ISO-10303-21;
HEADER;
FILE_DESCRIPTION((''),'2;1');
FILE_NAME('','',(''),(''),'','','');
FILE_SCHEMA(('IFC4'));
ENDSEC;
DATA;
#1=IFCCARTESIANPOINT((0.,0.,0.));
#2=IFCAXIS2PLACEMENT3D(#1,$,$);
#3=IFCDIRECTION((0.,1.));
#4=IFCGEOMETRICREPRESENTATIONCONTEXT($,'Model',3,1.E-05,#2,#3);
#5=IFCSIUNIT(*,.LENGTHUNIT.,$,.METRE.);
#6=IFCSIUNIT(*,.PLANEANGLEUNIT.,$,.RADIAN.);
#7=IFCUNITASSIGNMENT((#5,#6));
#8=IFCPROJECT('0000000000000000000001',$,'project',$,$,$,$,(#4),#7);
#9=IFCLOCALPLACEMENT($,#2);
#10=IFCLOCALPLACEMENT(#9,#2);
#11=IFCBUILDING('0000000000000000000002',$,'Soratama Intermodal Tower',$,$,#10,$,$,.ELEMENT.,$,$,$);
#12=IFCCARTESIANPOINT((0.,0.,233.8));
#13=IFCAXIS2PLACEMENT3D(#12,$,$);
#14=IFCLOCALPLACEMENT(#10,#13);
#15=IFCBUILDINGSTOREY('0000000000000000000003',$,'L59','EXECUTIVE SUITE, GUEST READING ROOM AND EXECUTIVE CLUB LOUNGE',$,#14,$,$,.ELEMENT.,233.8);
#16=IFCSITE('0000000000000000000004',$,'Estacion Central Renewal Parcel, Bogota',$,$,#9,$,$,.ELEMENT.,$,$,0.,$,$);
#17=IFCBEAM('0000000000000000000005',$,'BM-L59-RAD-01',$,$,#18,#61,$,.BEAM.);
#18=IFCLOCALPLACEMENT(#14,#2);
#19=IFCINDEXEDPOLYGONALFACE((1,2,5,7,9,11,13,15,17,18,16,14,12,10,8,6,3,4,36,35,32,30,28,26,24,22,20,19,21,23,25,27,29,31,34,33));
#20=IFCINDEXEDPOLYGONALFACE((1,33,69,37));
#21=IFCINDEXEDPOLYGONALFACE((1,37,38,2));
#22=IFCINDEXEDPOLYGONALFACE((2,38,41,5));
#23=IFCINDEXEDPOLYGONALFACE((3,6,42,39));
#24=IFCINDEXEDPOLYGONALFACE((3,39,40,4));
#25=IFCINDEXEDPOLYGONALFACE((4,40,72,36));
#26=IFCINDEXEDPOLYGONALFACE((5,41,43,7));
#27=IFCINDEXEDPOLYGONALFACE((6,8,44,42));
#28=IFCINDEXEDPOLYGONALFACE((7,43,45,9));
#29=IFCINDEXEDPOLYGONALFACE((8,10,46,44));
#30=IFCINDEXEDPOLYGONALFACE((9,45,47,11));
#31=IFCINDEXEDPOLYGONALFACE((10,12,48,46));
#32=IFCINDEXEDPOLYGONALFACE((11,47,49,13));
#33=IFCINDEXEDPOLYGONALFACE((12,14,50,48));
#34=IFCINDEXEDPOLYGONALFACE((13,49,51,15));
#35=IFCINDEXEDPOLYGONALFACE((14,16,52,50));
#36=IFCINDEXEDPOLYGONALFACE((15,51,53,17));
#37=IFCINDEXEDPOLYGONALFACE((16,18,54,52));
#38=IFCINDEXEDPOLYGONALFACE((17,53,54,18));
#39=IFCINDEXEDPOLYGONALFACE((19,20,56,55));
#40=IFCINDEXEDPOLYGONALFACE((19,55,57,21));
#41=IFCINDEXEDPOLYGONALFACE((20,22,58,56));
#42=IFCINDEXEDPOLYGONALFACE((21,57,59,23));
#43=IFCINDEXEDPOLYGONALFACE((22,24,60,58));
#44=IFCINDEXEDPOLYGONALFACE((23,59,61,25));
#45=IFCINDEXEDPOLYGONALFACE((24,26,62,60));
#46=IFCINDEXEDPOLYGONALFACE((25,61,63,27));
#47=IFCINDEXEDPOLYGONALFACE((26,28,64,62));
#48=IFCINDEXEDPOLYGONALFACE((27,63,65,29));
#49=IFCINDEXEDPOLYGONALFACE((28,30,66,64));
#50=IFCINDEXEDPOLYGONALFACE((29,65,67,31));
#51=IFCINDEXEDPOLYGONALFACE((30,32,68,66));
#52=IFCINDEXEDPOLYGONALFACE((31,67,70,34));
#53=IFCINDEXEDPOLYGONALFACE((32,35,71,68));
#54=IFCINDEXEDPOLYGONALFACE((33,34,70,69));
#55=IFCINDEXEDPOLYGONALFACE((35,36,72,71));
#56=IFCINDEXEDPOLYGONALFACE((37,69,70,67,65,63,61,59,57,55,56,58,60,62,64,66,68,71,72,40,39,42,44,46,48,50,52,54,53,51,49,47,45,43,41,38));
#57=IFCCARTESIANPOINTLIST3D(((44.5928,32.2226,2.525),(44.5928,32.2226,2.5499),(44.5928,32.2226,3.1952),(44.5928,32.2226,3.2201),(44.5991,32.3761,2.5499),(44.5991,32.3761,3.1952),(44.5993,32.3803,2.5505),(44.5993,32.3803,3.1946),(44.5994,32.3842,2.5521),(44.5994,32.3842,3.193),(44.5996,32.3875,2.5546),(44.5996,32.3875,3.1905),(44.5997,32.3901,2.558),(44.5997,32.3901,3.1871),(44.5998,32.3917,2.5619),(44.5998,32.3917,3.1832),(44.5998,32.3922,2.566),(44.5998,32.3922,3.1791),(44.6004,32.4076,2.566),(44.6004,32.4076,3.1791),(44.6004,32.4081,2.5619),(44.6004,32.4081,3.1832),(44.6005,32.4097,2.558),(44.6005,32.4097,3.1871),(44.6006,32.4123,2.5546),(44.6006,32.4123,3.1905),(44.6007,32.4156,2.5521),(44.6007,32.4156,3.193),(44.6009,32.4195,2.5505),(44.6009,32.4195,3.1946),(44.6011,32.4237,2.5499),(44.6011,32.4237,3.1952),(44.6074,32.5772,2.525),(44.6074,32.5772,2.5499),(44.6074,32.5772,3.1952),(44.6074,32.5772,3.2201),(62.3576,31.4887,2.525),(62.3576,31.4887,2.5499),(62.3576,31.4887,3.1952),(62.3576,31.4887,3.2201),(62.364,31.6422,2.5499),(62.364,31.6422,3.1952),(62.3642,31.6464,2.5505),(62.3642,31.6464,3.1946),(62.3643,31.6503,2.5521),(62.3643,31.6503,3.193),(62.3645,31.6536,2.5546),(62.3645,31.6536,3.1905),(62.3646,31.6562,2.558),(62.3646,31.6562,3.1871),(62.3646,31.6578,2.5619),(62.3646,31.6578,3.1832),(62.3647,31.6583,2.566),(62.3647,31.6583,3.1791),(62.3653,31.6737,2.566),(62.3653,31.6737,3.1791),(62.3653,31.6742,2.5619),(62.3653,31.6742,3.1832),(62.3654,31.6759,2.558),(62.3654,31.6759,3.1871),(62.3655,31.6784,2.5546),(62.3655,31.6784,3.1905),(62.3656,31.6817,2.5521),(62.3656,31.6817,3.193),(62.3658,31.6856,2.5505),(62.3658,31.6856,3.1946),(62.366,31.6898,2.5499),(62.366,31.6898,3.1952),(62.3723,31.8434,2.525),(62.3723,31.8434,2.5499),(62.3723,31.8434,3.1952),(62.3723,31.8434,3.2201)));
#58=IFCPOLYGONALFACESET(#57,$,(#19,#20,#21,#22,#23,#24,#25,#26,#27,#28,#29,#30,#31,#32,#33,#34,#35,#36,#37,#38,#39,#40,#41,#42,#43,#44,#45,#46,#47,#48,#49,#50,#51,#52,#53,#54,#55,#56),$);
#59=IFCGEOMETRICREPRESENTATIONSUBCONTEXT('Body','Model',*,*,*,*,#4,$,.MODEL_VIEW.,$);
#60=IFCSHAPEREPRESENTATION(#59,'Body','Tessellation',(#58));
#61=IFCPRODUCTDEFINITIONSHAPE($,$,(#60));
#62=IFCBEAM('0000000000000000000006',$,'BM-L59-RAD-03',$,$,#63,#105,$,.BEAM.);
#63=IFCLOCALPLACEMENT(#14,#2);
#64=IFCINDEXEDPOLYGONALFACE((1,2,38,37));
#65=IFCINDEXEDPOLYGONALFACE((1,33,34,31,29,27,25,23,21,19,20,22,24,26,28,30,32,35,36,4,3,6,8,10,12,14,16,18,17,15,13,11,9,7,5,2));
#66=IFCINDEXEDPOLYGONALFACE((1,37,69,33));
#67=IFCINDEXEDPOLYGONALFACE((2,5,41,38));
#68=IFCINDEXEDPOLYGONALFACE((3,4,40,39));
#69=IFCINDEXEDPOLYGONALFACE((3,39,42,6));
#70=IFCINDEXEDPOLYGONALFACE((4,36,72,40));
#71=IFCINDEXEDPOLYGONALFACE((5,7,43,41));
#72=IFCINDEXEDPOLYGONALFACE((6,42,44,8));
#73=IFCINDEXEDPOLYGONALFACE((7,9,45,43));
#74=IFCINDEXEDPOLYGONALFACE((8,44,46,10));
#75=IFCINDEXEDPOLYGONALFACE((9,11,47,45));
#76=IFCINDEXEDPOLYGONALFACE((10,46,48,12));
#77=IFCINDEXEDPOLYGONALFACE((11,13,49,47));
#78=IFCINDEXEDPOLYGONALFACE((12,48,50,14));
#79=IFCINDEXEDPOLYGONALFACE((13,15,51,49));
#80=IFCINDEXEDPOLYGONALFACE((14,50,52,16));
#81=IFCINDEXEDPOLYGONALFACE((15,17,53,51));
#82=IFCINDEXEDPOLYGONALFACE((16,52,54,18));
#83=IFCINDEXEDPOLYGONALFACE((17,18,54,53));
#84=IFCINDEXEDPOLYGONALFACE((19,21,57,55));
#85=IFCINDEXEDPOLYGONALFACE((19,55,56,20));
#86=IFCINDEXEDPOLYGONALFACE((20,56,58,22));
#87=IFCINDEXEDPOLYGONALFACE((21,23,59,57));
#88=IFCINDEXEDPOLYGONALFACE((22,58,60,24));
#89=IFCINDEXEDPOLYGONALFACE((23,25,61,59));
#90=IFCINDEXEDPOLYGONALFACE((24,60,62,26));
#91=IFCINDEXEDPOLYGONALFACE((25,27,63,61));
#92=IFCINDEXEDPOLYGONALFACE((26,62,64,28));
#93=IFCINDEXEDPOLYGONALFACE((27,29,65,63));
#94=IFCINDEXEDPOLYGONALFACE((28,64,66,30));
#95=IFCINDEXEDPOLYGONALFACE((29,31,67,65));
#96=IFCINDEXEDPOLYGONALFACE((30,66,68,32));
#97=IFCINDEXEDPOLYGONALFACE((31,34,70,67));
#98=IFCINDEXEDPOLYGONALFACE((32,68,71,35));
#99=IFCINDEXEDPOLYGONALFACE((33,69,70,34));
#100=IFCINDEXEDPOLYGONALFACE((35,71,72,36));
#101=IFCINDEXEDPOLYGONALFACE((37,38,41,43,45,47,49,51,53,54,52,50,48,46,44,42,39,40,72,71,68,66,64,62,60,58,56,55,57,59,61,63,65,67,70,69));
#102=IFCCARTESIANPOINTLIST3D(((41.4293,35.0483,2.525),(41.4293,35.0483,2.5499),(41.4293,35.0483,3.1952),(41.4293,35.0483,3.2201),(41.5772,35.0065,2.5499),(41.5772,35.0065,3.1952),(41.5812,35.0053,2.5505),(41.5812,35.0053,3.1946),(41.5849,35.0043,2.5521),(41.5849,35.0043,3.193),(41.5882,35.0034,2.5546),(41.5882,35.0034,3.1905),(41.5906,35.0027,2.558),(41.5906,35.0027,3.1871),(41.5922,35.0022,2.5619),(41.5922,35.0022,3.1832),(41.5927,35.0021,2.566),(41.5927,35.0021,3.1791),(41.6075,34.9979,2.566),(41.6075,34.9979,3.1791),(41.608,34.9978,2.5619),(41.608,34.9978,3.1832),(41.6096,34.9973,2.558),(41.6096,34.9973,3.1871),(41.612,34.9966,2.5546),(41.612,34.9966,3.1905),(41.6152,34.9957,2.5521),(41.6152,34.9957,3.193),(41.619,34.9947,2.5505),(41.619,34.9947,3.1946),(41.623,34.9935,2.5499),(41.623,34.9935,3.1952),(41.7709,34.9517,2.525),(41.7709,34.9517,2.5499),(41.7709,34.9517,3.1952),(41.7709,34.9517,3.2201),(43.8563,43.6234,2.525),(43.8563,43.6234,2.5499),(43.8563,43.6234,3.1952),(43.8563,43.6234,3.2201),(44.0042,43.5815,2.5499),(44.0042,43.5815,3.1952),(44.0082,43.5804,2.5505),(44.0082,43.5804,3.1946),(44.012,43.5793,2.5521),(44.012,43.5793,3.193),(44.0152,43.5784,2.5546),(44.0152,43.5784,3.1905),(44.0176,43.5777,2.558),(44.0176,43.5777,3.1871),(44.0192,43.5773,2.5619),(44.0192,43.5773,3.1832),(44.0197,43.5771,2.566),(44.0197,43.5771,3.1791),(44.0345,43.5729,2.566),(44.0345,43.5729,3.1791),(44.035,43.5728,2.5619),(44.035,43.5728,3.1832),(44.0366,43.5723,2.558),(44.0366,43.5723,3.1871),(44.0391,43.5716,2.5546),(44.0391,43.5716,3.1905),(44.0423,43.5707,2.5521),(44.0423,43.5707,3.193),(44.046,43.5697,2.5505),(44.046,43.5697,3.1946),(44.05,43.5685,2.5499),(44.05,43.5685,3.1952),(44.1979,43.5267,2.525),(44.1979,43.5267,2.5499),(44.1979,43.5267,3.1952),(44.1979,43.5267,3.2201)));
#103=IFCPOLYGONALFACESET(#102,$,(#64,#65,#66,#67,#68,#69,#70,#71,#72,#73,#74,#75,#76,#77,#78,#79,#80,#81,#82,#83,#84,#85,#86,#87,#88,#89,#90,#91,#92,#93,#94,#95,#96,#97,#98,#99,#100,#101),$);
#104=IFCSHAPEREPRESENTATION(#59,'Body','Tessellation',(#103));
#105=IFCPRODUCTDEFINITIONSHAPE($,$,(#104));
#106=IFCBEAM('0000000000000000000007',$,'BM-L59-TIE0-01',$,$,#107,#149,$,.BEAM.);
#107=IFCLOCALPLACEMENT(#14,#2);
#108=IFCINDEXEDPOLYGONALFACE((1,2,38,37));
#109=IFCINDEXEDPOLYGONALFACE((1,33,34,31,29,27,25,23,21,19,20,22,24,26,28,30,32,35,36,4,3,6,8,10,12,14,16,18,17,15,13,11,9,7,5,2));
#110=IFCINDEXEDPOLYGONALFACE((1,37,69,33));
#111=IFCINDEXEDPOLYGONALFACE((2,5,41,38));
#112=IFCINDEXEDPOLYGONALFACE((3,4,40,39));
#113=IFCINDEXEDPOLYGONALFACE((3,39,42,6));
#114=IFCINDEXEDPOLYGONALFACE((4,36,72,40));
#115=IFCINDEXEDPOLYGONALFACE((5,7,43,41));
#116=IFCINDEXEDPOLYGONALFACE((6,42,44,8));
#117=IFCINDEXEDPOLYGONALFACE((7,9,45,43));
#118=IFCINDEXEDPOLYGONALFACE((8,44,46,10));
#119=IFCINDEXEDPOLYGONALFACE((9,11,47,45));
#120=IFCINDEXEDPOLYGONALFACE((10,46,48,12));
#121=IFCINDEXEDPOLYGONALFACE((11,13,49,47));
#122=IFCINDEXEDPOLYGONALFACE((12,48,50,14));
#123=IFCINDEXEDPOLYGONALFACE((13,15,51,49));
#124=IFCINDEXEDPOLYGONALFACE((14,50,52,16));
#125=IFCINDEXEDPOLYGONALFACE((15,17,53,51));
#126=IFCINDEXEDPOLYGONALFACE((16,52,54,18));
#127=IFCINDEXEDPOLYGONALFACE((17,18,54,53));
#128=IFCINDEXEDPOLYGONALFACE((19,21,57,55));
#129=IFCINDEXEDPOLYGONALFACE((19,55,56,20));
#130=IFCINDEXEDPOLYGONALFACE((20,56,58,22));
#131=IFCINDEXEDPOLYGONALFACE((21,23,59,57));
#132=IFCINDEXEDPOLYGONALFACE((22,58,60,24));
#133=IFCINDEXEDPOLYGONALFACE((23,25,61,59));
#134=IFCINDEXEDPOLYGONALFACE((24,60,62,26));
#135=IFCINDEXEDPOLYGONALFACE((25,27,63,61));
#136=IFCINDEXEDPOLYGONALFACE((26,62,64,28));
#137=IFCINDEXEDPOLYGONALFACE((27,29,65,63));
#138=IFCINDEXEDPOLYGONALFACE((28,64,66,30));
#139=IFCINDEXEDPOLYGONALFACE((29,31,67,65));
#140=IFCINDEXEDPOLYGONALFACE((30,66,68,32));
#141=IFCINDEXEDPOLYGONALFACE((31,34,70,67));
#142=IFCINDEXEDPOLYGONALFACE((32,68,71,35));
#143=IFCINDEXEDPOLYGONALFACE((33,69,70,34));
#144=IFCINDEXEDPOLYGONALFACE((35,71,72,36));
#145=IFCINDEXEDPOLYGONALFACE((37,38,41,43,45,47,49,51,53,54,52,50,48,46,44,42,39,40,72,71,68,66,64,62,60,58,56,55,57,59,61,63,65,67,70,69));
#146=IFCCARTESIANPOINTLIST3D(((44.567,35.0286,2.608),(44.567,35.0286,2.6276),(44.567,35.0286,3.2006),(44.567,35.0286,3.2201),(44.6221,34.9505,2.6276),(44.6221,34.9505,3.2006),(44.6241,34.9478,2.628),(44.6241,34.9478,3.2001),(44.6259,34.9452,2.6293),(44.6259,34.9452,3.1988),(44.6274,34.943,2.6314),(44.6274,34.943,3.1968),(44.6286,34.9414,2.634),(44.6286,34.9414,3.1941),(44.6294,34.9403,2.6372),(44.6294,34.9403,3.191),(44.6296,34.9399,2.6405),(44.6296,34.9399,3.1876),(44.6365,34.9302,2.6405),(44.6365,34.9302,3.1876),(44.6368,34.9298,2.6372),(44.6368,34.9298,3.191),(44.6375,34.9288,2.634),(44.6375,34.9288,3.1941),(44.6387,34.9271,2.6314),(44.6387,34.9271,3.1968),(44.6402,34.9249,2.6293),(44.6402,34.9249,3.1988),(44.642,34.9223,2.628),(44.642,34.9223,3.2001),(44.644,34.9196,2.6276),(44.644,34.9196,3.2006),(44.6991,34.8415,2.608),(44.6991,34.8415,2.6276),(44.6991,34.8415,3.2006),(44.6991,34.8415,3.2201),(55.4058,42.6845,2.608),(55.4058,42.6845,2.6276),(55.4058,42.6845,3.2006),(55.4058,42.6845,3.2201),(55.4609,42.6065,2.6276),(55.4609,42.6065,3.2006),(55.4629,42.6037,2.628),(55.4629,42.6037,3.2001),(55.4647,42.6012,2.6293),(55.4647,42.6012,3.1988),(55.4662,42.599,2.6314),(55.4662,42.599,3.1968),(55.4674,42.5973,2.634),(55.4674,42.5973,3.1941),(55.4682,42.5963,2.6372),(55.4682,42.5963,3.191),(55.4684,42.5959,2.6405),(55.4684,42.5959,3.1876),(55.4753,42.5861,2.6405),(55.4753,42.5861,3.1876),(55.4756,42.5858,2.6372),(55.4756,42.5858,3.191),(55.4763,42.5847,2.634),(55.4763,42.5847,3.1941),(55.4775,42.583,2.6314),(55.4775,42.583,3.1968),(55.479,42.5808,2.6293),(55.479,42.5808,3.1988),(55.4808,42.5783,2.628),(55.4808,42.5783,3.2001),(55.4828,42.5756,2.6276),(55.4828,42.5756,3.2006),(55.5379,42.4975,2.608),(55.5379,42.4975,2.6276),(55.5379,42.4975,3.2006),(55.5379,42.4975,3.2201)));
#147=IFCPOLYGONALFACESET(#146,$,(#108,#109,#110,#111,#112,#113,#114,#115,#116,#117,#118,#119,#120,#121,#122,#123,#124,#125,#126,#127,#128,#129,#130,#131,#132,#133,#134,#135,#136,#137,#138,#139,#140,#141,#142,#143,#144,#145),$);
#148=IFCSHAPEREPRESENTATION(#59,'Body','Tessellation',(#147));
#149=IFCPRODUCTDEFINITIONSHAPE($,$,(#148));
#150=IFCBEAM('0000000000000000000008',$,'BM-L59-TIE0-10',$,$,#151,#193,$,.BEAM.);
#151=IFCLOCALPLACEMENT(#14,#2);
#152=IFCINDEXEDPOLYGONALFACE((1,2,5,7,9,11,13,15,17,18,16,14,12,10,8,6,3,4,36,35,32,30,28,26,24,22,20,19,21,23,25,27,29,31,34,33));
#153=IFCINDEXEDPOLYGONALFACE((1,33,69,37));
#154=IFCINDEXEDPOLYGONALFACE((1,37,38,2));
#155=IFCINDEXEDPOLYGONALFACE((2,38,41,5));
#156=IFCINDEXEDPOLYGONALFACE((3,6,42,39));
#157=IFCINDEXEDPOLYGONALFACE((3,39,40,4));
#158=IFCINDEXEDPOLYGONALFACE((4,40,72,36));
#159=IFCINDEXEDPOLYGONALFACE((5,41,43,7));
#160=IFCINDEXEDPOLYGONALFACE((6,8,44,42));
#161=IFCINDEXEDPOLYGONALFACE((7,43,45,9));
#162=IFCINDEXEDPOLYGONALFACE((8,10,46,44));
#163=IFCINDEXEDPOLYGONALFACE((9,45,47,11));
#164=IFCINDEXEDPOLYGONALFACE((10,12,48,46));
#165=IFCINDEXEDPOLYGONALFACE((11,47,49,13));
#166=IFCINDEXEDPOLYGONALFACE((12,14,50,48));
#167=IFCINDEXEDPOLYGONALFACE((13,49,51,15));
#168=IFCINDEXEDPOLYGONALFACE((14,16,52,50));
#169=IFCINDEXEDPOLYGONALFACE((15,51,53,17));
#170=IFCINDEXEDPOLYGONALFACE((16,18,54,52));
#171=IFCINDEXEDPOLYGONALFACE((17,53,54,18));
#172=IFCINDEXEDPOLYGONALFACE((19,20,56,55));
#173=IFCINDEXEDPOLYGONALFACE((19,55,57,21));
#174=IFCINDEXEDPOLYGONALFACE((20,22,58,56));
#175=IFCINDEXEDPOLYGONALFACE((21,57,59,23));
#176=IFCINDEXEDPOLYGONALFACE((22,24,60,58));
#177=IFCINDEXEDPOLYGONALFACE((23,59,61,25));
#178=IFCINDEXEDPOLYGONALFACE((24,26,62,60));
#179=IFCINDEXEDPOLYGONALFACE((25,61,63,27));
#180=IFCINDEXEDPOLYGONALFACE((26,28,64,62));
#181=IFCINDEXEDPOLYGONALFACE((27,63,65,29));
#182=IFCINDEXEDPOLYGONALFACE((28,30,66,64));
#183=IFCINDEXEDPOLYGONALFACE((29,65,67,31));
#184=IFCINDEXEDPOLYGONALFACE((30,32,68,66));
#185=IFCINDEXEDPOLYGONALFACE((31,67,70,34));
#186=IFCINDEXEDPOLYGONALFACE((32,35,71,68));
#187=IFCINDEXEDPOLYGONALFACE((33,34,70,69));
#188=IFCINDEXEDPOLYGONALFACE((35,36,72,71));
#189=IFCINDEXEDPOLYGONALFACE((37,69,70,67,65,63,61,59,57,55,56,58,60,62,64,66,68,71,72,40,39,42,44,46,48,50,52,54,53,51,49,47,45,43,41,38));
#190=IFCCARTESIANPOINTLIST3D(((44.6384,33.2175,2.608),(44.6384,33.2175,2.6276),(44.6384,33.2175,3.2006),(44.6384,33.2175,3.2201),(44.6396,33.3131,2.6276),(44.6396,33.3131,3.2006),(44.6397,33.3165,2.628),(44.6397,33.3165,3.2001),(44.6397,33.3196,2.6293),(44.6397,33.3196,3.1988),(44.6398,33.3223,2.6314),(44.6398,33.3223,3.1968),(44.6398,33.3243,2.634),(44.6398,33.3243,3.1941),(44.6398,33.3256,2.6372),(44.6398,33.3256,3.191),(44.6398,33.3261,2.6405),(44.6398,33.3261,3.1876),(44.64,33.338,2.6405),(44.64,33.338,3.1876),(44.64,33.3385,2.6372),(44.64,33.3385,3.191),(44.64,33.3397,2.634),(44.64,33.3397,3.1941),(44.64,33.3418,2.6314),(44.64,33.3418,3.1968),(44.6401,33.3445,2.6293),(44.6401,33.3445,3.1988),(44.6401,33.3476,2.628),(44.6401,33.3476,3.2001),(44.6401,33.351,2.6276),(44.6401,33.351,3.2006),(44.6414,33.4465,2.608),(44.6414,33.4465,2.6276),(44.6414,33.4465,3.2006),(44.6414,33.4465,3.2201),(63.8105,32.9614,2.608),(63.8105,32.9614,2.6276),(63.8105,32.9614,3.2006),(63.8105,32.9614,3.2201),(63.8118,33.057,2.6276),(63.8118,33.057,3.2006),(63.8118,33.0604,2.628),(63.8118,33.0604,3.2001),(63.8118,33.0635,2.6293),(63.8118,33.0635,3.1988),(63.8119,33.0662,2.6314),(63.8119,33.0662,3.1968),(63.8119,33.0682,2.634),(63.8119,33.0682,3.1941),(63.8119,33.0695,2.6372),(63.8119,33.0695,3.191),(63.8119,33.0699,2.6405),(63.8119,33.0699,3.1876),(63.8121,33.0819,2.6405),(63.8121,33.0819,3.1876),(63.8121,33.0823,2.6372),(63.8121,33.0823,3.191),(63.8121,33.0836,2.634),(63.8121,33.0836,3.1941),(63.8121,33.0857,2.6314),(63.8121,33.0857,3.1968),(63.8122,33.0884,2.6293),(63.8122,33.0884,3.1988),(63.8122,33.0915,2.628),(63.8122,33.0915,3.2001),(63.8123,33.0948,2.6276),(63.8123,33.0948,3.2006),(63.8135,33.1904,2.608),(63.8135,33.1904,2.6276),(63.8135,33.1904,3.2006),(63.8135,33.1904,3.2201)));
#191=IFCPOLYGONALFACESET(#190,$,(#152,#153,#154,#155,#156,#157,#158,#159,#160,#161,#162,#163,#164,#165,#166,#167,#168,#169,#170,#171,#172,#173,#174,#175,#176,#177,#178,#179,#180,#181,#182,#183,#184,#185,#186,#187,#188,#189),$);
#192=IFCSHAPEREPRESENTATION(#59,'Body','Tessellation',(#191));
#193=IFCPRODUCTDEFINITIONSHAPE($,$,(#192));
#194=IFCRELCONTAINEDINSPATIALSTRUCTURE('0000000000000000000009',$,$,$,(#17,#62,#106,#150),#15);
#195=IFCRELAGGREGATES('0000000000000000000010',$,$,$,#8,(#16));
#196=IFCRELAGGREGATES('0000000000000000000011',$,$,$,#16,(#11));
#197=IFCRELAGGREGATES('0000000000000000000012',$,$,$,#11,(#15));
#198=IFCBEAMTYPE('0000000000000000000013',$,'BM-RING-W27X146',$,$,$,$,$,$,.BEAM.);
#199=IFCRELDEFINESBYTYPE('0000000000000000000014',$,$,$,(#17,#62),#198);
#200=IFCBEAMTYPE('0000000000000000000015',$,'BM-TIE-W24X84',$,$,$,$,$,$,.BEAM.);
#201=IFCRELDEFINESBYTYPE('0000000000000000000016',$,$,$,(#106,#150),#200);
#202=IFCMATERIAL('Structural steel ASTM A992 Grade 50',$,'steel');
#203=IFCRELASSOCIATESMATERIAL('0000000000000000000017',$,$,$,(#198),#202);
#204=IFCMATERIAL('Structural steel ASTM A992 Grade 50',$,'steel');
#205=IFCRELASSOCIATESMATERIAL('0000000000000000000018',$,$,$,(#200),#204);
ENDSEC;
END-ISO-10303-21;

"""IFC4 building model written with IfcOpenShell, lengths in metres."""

from ifc_helpers import new_model, si_unit, direction, frame, origin, origin_2d, place, context, subcontext, project, spatial, i_section, extrude, material, material_profile, profile_set, type_object, element, save


model = new_model("IFC4")

# Units and contexts
model_context = context("Model", 3, precision=1e-05, world=origin(), true_north=direction((0.0, 1.0)))
body_context = subcontext(model_context, "Body", "Model", "MODEL_VIEW")
ifc_project = project(units=[si_unit("LENGTHUNIT", "METRE"), si_unit("PLANEANGLEUNIT", "RADIAN")], contexts=[model_context])

# Site, building, storey
site_placement = place(None, origin())
site = spatial("IfcSite", under=ifc_project, at=site_placement, Name="Estacion Central Renewal Parcel, Bogota", CompositionType="ELEMENT", RefElevation=0.0)
building_placement = place(site_placement, origin())
building = spatial("IfcBuilding", under=site, at=building_placement, Name="Soratama Intermodal Tower", CompositionType="ELEMENT")
storey_placement = place(building_placement, frame((0.0, 0.0, 233.8)))
storey = spatial("IfcBuildingStorey", under=building, at=storey_placement, Name="L59", Description="EXECUTIVE SUITE, GUEST READING ROOM AND EXECUTIVE CLUB LOUNGE", CompositionType="ELEMENT", Elevation=233.8)

# Beams
ifc_material_1 = material(Name="Structural steel ASTM A992 Grade 50", Category="steel")
ifc_material_profile_1 = material_profile(ifc_material_1, i_section(OverallWidth=0.355, OverallDepth=0.6951, WebThickness=0.0154, FlangeThickness=0.0249, FilletRadius=0.0161, at=origin_2d()), Name="W27X146")
ifc_profile_set_1 = profile_set([ifc_material_profile_1], Name="Structural steel ASTM A992 Grade 50")
beam_type_1 = type_object("IfcBeamType", Name="BM-RING-W27X146", PredefinedType="BEAM", material=ifc_profile_set_1)
beam_1_placement = place(storey_placement, frame((44.6001, 32.3999, 2.8726), z_axis=(0.999148, -0.041276, 0.0), x_axis=(0.041276, 0.999148, 0.0)))
element("IfcBeam", 1, at=beam_1_placement, inside=storey, type_object=beam_type_1, Name="BM-L59-RAD-01", PredefinedType="BEAM", context=body_context, shape_type="SweptSolid", body=[
    extrude(i_section(OverallWidth=0.355, OverallDepth=0.6951, WebThickness=0.0154, FlangeThickness=0.0249, FilletRadius=0.0161, at=origin_2d()), origin(), (0.0, 0.0, 1.0), 17.78),
])
beam_2_placement = place(storey_placement, frame((41.6001, 35.0, 2.8726), z_axis=(0.272336, 0.962202, 0.0), x_axis=(-0.962202, 0.272336, 0.0)))
element("IfcBeam", 2, at=beam_2_placement, inside=storey, type_object=beam_type_1, Name="BM-L59-RAD-03", PredefinedType="BEAM", context=body_context, shape_type="SweptSolid", body=[
    extrude(i_section(OverallWidth=0.355, OverallDepth=0.6951, WebThickness=0.0154, FlangeThickness=0.0249, FilletRadius=0.0161, at=origin_2d()), origin(), (0.0, 0.0, 1.0), 8.9119),
])
ifc_material_2 = material(Name="Structural steel ASTM A992 Grade 50", Category="steel")
ifc_material_profile_2 = material_profile(ifc_material_2, i_section(OverallWidth=0.229, OverallDepth=0.6121, WebThickness=0.012, FlangeThickness=0.0195, FilletRadius=0.0129, at=origin_2d()), Name="W24X84")
ifc_profile_set_2 = profile_set([ifc_material_profile_2], Name="Structural steel ASTM A992 Grade 50")
beam_type_2 = type_object("IfcBeamType", Name="BM-TIE-W24X84", PredefinedType="BEAM", material=ifc_profile_set_2)
beam_3_placement = place(storey_placement, frame((44.6331, 34.9351, 2.9141), z_axis=(0.816789, 0.576937, 0.0), x_axis=(-0.576937, 0.816789, 0.0)))
element("IfcBeam", 3, at=beam_3_placement, inside=storey, type_object=beam_type_2, Name="BM-L59-TIE0-01", PredefinedType="BEAM", context=body_context, shape_type="SweptSolid", body=[
    extrude(i_section(OverallWidth=0.229, OverallDepth=0.6121, WebThickness=0.012, FlangeThickness=0.0195, FilletRadius=0.0129, at=origin_2d()), origin(), (0.0, 0.0, 1.0), 13.27),
])
beam_4_placement = place(storey_placement, frame((44.6399, 33.332, 2.9141), z_axis=(0.999911, -0.013357, 0.0), x_axis=(0.013357, 0.999911, 0.0)))
element("IfcBeam", 4, at=beam_4_placement, inside=storey, type_object=beam_type_2, Name="BM-L59-TIE0-10", PredefinedType="BEAM", context=body_context, shape_type="SweptSolid", body=[
    extrude(i_section(OverallWidth=0.229, OverallDepth=0.6121, WebThickness=0.012, FlangeThickness=0.0195, FilletRadius=0.0129, at=origin_2d()), origin(), (0.0, 0.0, 1.0), 19.1738),
])

save(model, "model.ifc")
